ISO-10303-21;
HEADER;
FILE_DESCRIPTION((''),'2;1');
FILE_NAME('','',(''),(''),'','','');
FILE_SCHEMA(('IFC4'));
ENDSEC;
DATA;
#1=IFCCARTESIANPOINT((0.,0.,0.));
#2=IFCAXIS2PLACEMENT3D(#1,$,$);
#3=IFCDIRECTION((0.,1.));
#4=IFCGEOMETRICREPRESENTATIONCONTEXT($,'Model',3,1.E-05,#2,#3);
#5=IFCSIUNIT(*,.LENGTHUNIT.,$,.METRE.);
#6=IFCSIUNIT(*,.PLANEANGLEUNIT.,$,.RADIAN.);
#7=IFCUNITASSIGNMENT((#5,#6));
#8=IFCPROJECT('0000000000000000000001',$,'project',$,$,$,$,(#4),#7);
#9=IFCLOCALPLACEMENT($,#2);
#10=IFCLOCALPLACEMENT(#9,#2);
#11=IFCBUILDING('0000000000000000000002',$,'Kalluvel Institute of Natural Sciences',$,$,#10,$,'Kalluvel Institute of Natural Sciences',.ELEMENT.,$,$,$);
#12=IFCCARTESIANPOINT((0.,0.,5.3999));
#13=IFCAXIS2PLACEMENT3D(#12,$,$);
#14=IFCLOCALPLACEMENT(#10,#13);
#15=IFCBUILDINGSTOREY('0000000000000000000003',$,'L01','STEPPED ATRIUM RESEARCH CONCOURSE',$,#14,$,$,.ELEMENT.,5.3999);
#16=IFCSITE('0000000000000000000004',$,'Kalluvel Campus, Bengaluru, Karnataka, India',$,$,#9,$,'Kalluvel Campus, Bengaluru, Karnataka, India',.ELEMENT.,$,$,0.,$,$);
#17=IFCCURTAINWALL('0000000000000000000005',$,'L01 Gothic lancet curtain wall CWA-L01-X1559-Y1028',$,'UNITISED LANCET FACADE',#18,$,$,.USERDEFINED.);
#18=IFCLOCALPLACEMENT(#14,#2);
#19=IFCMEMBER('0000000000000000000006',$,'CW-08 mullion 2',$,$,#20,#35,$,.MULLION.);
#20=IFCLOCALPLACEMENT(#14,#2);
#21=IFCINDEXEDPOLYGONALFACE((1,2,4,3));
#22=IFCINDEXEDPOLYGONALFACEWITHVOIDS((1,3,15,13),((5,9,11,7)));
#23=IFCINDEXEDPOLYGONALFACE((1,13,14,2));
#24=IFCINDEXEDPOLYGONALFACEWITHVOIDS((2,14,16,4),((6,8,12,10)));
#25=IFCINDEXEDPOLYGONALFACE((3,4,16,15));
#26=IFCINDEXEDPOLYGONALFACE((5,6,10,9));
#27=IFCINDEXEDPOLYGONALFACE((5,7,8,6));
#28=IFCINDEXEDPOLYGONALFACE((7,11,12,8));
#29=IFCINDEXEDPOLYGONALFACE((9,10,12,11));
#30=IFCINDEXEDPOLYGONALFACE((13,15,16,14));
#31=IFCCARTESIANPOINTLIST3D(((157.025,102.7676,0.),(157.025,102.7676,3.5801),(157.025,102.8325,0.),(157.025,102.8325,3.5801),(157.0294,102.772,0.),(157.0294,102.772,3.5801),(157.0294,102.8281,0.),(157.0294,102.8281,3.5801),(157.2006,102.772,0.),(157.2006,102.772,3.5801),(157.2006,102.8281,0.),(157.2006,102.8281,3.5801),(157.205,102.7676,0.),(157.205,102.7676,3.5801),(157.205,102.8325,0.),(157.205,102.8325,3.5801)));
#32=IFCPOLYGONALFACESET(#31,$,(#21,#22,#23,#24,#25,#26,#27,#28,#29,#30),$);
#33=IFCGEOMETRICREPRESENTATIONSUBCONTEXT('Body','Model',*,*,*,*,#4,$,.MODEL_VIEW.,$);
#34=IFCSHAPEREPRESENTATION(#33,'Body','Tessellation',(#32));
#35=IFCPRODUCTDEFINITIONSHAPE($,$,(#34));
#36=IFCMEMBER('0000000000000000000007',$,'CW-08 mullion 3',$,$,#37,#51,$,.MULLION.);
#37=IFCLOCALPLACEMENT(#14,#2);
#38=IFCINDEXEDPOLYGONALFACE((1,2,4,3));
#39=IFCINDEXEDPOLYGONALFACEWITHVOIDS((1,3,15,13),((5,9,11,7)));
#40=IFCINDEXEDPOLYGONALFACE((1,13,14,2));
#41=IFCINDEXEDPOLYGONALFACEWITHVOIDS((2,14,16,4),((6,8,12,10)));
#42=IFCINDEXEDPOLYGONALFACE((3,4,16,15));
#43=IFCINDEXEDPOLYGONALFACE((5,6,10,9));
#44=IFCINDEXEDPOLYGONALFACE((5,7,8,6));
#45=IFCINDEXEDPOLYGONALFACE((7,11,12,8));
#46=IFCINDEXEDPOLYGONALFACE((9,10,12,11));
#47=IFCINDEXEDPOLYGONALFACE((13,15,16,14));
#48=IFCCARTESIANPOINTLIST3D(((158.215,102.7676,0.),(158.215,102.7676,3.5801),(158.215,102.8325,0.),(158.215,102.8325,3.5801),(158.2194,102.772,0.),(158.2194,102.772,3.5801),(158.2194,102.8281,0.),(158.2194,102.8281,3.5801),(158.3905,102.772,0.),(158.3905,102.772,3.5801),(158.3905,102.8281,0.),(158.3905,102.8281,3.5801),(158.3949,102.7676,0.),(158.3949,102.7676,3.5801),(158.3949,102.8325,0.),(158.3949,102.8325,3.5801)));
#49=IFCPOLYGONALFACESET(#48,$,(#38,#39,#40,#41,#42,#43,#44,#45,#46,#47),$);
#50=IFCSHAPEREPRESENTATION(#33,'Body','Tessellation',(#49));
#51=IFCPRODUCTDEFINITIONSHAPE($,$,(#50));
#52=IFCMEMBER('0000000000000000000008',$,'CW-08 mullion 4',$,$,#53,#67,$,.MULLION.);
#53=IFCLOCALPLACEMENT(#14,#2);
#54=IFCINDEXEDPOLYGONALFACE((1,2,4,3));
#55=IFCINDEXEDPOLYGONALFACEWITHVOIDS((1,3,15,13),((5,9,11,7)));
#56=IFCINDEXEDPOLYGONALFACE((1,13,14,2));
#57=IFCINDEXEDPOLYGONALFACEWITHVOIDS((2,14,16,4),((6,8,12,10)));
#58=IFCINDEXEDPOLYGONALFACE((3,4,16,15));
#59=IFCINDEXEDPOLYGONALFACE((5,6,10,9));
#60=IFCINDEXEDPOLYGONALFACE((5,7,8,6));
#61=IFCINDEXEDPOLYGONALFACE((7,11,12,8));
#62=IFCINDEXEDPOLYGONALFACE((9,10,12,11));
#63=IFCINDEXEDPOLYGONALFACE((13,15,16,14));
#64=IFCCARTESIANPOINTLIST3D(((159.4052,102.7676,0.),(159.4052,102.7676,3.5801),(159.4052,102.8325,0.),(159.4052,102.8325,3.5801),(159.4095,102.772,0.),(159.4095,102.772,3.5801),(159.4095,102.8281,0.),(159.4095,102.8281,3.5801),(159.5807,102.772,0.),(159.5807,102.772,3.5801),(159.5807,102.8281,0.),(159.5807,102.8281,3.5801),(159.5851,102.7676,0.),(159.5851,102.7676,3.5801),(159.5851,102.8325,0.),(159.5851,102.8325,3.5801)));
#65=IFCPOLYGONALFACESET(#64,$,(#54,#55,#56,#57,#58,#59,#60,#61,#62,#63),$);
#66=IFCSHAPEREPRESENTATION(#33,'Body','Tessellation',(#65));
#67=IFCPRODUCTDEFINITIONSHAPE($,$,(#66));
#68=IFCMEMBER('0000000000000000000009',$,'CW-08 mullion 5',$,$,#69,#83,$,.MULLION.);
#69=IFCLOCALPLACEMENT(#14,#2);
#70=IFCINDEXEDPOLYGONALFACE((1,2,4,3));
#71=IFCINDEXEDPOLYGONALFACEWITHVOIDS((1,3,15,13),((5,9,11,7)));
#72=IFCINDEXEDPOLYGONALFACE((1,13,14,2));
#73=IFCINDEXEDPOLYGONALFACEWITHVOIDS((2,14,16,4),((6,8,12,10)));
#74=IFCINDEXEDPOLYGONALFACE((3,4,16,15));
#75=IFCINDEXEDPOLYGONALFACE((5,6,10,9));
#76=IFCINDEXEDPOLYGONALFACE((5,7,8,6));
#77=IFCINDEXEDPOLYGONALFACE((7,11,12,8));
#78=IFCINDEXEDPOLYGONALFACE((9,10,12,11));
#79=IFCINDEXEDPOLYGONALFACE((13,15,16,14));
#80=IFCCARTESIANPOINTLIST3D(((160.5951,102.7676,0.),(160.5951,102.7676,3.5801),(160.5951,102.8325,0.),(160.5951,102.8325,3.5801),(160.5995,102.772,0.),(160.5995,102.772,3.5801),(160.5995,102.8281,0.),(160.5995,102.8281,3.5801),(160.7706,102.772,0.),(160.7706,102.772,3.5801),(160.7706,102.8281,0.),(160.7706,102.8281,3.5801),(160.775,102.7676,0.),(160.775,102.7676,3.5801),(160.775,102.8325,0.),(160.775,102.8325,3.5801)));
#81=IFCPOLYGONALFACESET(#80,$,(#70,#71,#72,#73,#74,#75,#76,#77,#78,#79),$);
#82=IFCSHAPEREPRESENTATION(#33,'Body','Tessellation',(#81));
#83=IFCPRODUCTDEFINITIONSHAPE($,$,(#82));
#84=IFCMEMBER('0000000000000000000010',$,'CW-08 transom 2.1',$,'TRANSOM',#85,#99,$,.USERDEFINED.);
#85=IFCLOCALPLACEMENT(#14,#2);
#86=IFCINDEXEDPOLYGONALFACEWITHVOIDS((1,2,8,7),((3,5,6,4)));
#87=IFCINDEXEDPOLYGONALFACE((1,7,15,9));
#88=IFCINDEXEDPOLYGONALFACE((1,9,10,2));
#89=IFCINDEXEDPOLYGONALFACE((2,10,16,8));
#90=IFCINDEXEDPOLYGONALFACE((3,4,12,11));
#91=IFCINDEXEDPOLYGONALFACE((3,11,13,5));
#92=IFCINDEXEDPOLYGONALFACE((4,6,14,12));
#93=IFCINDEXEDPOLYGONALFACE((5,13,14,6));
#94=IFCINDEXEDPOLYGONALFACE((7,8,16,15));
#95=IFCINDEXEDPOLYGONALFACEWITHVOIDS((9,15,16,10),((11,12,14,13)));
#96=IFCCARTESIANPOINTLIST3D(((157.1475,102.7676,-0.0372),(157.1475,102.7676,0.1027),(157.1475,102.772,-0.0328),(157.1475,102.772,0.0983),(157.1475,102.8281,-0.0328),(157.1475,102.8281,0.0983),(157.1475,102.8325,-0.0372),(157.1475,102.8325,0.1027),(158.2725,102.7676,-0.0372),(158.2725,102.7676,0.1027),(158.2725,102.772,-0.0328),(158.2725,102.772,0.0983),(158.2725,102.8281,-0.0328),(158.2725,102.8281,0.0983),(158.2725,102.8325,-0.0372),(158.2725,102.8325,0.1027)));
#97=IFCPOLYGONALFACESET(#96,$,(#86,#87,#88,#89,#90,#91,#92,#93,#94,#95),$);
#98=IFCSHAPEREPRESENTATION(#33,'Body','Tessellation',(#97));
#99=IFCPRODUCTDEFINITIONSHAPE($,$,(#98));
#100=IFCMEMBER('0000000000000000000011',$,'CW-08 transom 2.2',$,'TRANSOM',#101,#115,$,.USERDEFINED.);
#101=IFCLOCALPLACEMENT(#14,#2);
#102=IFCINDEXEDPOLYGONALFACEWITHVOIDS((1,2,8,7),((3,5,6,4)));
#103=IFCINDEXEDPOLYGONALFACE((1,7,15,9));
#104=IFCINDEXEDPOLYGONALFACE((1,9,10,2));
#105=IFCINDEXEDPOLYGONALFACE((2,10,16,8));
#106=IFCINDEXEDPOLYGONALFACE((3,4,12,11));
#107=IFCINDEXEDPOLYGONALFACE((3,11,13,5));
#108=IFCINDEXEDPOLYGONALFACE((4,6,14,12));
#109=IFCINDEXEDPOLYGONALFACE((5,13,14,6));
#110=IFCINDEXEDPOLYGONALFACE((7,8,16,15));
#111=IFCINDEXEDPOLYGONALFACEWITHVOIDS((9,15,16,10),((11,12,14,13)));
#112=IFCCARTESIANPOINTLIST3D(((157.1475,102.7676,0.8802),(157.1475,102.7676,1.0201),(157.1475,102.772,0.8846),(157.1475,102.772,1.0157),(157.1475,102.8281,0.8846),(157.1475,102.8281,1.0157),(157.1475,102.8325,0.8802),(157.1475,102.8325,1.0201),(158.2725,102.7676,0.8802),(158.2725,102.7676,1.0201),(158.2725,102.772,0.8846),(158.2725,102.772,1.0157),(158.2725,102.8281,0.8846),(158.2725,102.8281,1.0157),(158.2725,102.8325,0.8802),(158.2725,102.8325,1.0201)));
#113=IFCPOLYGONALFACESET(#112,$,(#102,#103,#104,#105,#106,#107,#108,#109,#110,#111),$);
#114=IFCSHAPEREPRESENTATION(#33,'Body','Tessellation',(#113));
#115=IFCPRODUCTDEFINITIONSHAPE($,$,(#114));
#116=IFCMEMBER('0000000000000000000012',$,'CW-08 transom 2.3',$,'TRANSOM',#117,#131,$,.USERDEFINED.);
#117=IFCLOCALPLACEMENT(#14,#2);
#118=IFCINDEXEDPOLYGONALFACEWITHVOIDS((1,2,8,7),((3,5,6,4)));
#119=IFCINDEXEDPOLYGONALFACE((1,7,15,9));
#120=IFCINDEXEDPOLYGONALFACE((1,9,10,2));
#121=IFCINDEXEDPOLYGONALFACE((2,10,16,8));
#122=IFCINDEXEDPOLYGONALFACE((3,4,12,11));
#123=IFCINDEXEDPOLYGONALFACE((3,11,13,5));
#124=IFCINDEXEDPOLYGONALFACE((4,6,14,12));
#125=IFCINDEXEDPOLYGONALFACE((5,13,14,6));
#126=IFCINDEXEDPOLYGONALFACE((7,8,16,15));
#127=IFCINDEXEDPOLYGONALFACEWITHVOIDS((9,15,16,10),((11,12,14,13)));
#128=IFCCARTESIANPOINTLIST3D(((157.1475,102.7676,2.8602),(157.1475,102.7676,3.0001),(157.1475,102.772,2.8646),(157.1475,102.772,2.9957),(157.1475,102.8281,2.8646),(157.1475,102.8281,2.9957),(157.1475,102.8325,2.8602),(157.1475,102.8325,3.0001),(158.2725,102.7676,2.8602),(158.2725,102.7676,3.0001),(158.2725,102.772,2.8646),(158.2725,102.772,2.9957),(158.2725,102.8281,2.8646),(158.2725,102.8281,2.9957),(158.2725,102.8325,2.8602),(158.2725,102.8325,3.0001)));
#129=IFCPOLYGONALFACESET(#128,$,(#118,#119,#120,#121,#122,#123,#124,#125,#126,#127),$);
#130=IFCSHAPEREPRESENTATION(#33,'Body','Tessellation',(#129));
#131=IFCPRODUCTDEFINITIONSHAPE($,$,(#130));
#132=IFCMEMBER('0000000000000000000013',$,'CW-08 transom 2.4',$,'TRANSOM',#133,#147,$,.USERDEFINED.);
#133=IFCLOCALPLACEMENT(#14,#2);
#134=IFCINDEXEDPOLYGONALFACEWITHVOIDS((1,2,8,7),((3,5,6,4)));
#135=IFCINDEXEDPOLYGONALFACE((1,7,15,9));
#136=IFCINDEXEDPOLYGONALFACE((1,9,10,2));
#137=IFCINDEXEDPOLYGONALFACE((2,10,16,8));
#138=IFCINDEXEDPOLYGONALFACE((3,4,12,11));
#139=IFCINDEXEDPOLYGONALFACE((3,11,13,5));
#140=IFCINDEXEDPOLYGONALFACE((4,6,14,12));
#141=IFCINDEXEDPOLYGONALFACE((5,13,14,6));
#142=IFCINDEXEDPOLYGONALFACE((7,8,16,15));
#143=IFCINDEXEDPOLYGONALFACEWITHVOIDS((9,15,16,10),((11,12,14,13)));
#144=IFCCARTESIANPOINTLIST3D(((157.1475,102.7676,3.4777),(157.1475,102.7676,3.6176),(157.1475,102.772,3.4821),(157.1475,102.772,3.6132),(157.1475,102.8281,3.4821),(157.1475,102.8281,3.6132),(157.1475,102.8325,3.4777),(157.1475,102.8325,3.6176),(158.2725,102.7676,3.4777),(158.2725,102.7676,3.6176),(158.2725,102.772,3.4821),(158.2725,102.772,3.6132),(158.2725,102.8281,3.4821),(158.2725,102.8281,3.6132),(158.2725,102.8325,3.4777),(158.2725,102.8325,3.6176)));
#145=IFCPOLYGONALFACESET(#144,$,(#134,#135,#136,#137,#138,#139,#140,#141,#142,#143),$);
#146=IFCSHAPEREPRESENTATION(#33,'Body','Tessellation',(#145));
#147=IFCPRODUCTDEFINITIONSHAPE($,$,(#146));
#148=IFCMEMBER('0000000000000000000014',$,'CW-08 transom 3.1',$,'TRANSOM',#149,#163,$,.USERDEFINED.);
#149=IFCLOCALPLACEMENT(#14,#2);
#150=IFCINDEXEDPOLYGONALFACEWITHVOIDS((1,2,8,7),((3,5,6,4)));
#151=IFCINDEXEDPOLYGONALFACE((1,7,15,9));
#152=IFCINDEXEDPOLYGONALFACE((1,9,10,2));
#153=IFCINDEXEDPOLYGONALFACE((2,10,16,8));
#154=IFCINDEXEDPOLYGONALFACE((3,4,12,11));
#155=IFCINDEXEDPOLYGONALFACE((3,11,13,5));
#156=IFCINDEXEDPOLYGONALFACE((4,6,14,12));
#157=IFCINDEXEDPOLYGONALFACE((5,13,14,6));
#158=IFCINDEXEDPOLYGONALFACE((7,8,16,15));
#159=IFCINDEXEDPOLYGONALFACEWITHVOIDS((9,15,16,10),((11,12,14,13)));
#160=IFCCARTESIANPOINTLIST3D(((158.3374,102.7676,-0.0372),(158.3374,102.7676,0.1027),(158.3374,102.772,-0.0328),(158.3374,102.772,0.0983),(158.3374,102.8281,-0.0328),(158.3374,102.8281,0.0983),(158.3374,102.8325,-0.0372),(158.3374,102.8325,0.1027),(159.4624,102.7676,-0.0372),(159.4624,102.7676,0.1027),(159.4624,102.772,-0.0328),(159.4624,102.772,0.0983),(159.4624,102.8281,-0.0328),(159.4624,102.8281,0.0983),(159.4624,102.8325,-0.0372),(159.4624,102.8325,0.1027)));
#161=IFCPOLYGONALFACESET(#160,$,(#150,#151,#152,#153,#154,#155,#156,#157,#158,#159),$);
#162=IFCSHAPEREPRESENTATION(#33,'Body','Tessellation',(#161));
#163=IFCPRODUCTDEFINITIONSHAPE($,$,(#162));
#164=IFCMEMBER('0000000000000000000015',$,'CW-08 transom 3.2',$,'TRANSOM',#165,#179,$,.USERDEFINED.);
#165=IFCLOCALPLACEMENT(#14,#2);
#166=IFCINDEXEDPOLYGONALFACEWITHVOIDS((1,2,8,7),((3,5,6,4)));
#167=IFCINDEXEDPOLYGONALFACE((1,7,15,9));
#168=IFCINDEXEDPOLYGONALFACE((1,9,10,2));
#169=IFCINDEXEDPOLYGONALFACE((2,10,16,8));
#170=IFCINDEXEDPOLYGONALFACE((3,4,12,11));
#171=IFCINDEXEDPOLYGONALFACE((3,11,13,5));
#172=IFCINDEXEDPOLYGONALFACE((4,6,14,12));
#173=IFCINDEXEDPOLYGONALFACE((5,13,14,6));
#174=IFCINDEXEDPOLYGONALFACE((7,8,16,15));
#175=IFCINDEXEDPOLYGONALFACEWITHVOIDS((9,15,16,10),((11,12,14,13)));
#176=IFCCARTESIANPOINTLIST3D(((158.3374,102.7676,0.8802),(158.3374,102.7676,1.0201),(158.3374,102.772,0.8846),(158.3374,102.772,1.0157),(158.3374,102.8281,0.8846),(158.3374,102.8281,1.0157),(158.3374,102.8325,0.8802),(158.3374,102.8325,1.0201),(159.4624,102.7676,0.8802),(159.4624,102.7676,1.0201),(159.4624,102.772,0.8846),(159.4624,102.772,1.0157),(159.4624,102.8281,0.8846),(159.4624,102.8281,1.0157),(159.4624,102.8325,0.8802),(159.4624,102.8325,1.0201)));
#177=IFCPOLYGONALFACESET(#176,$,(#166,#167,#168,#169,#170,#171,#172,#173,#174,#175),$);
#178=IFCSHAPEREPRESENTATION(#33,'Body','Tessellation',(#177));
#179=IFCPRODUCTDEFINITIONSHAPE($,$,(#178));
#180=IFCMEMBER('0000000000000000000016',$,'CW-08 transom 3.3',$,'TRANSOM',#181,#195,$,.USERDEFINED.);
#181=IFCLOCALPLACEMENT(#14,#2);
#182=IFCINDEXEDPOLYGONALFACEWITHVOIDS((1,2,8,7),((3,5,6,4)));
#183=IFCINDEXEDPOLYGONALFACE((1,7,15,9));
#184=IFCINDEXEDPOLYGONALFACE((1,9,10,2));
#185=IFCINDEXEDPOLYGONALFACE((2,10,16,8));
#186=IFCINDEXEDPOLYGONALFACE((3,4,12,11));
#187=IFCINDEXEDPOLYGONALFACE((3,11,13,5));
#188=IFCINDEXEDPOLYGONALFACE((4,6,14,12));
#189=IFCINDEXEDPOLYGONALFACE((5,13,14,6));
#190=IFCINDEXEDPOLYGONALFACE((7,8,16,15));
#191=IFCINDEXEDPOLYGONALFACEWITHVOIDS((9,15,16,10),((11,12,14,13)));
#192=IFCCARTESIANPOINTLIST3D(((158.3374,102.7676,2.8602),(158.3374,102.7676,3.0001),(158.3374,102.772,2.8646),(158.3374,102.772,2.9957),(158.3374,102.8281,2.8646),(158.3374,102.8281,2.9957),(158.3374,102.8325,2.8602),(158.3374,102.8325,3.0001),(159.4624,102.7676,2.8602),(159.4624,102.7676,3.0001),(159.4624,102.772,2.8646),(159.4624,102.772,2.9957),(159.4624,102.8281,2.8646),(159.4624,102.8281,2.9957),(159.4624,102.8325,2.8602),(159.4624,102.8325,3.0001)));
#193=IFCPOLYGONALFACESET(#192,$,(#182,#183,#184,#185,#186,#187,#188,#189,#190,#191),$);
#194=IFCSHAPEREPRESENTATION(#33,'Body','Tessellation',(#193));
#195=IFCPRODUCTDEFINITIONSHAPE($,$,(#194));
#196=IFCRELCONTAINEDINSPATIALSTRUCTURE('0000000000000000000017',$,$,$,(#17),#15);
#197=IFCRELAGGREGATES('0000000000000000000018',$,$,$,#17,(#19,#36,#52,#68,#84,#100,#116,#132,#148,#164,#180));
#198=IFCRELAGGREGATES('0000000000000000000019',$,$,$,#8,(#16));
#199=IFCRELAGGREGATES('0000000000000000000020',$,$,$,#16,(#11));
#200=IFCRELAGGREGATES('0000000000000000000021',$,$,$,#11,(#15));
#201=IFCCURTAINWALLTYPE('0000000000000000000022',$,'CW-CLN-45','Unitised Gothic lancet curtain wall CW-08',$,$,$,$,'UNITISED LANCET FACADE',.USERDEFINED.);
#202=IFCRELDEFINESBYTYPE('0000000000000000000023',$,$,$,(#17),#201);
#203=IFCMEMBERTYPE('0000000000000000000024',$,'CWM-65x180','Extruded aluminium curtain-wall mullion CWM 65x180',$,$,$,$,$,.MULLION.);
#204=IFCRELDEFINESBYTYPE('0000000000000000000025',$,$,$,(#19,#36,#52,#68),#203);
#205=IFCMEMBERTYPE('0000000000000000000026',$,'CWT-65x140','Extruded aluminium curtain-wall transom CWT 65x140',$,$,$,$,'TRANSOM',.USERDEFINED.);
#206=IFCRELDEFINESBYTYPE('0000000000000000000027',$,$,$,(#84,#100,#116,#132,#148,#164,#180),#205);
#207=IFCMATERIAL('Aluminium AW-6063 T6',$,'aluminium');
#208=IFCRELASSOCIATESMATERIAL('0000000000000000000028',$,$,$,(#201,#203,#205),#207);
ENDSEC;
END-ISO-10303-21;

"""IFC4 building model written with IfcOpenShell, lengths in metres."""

from ifc_helpers import new_model, si_unit, direction, frame, origin, origin_2d, place, context, subcontext, project, spatial, hollow_rectangle, extrude, material, material_profile, profile_set, type_object, element, aggregate, save


model = new_model("IFC4")

# Units and contexts
model_context = context("Model", 3, precision=1e-05, world=origin(), true_north=direction((0.0, 1.0)))
body_context = subcontext(model_context, "Body", "Model", "MODEL_VIEW")
ifc_project = project(units=[si_unit("LENGTHUNIT", "METRE"), si_unit("PLANEANGLEUNIT", "RADIAN")], contexts=[model_context])

# Site, building, storey
site_placement = place(None, origin())
site = spatial("IfcSite", under=ifc_project, at=site_placement, Name="Kalluvel Campus, Bengaluru, Karnataka, India", LongName="Kalluvel Campus, Bengaluru, Karnataka, India", CompositionType="ELEMENT", RefElevation=0.0)
building_placement = place(site_placement, origin())
building = spatial("IfcBuilding", under=site, at=building_placement, Name="Kalluvel Institute of Natural Sciences", LongName="Kalluvel Institute of Natural Sciences", CompositionType="ELEMENT")
storey_placement = place(building_placement, frame((0.0, 0.0, 5.3999)))
storey = spatial("IfcBuildingStorey", under=building, at=storey_placement, Name="L01", Description="STEPPED ATRIUM RESEARCH CONCOURSE", CompositionType="ELEMENT", Elevation=5.3999)

# Curtain wall, members
ifc_material_1 = material(Name="Aluminium AW-6063 T6", Category="aluminium")
curtain_wall_type = type_object("IfcCurtainWallType", Name="CW-CLN-45", Description="Unitised Gothic lancet curtain wall CW-08", ElementType="UNITISED LANCET FACADE", PredefinedType="USERDEFINED", material=ifc_material_1)
curtain_wall_placement = place(storey_placement, origin())
curtain_wall = element("IfcCurtainWall", 1, at=curtain_wall_placement, inside=storey, type_object=curtain_wall_type, Name="L01 Gothic lancet curtain wall CWA-L01-X1559-Y1028", ObjectType="UNITISED LANCET FACADE", PredefinedType="USERDEFINED")
ifc_material_profile_1 = material_profile(ifc_material_1, hollow_rectangle(XDim=0.0649, YDim=0.1799, WallThickness=0.0044, at=origin_2d()), Name="CWM 65x180")
ifc_profile_set_1 = profile_set([ifc_material_profile_1], Name="Aluminium AW-6063 T6")
member_type_1 = type_object("IfcMemberType", Name="CWM-65x180", Description="Extruded aluminium curtain-wall mullion CWM 65x180", PredefinedType="MULLION", material=ifc_profile_set_1)
member_1_placement = place(storey_placement, frame((157.115, 102.8, 0.0), z_axis=(0.0, 0.0, 1.0), x_axis=(0.0, 1.0, 0.0)))
member_1 = element("IfcMember", 2, at=member_1_placement, type_object=member_type_1, Name="CW-08 mullion 2", PredefinedType="MULLION", context=body_context, shape_type="SweptSolid", body=[
    extrude(hollow_rectangle(XDim=0.0649, YDim=0.1799, WallThickness=0.0044, at=origin_2d()), origin(), (0.0, 0.0, 1.0), 3.5801),
])
member_2_placement = place(storey_placement, frame((158.3049, 102.8, 0.0), z_axis=(0.0, 0.0, 1.0), x_axis=(0.0, 1.0, 0.0)))
member_2 = element("IfcMember", 3, at=member_2_placement, type_object=member_type_1, Name="CW-08 mullion 3", PredefinedType="MULLION", context=body_context, shape_type="SweptSolid", body=[
    extrude(hollow_rectangle(XDim=0.0649, YDim=0.1799, WallThickness=0.0044, at=origin_2d()), origin(), (0.0, 0.0, 1.0), 3.5801),
])
member_3_placement = place(storey_placement, frame((159.4951, 102.8, 0.0), z_axis=(0.0, 0.0, 1.0), x_axis=(0.0, 1.0, 0.0)))
member_3 = element("IfcMember", 4, at=member_3_placement, type_object=member_type_1, Name="CW-08 mullion 4", PredefinedType="MULLION", context=body_context, shape_type="SweptSolid", body=[
    extrude(hollow_rectangle(XDim=0.0649, YDim=0.1799, WallThickness=0.0044, at=origin_2d()), origin(), (0.0, 0.0, 1.0), 3.5801),
])
member_4_placement = place(storey_placement, frame((160.6851, 102.8, 0.0), z_axis=(0.0, 0.0, 1.0), x_axis=(0.0, 1.0, 0.0)))
member_4 = element("IfcMember", 5, at=member_4_placement, type_object=member_type_1, Name="CW-08 mullion 5", PredefinedType="MULLION", context=body_context, shape_type="SweptSolid", body=[
    extrude(hollow_rectangle(XDim=0.0649, YDim=0.1799, WallThickness=0.0044, at=origin_2d()), origin(), (0.0, 0.0, 1.0), 3.5801),
])
ifc_material_profile_2 = material_profile(ifc_material_1, hollow_rectangle(XDim=0.0649, YDim=0.1399, WallThickness=0.0044, at=origin_2d()), Name="CWT 65x140")
ifc_profile_set_2 = profile_set([ifc_material_profile_2], Name="Aluminium AW-6063 T6")
member_type_2 = type_object("IfcMemberType", Name="CWT-65x140", Description="Extruded aluminium curtain-wall transom CWT 65x140", ElementType="TRANSOM", PredefinedType="USERDEFINED", material=ifc_profile_set_2)
member_5_placement = place(storey_placement, frame((157.1475, 102.8, 0.0327), z_axis=(1.0, 0.0, 0.0), x_axis=(0.0, 1.0, 0.0)))
member_5 = element("IfcMember", 6, at=member_5_placement, type_object=member_type_2, Name="CW-08 transom 2.1", ObjectType="TRANSOM", PredefinedType="USERDEFINED", context=body_context, shape_type="SweptSolid", body=[
    extrude(hollow_rectangle(XDim=0.0649, YDim=0.1399, WallThickness=0.0044, at=origin_2d()), origin(), (0.0, 0.0, 1.0), 1.125),
])
member_6_placement = place(storey_placement, frame((157.1475, 102.8, 0.9502), z_axis=(1.0, 0.0, 0.0), x_axis=(0.0, 1.0, 0.0)))
member_6 = element("IfcMember", 7, at=member_6_placement, type_object=member_type_2, Name="CW-08 transom 2.2", ObjectType="TRANSOM", PredefinedType="USERDEFINED", context=body_context, shape_type="SweptSolid", body=[
    extrude(hollow_rectangle(XDim=0.0649, YDim=0.1399, WallThickness=0.0044, at=origin_2d()), origin(), (0.0, 0.0, 1.0), 1.125),
])
member_7_placement = place(storey_placement, frame((157.1475, 102.8, 2.9302), z_axis=(1.0, 0.0, 0.0), x_axis=(0.0, 1.0, 0.0)))
member_7 = element("IfcMember", 8, at=member_7_placement, type_object=member_type_2, Name="CW-08 transom 2.3", ObjectType="TRANSOM", PredefinedType="USERDEFINED", context=body_context, shape_type="SweptSolid", body=[
    extrude(hollow_rectangle(XDim=0.0649, YDim=0.1399, WallThickness=0.0044, at=origin_2d()), origin(), (0.0, 0.0, 1.0), 1.125),
])
member_8_placement = place(storey_placement, frame((157.1475, 102.8, 3.5476), z_axis=(1.0, 0.0, 0.0), x_axis=(0.0, 1.0, 0.0)))
member_8 = element("IfcMember", 9, at=member_8_placement, type_object=member_type_2, Name="CW-08 transom 2.4", ObjectType="TRANSOM", PredefinedType="USERDEFINED", context=body_context, shape_type="SweptSolid", body=[
    extrude(hollow_rectangle(XDim=0.0649, YDim=0.1399, WallThickness=0.0044, at=origin_2d()), origin(), (0.0, 0.0, 1.0), 1.125),
])
member_9_placement = place(storey_placement, frame((158.3374, 102.8, 0.0327), z_axis=(1.0, 0.0, 0.0), x_axis=(0.0, 1.0, 0.0)))
member_9 = element("IfcMember", 10, at=member_9_placement, type_object=member_type_2, Name="CW-08 transom 3.1", ObjectType="TRANSOM", PredefinedType="USERDEFINED", context=body_context, shape_type="SweptSolid", body=[
    extrude(hollow_rectangle(XDim=0.0649, YDim=0.1399, WallThickness=0.0044, at=origin_2d()), origin(), (0.0, 0.0, 1.0), 1.125),
])
member_10_placement = place(storey_placement, frame((158.3374, 102.8, 0.9502), z_axis=(1.0, 0.0, 0.0), x_axis=(0.0, 1.0, 0.0)))
member_10 = element("IfcMember", 11, at=member_10_placement, type_object=member_type_2, Name="CW-08 transom 3.2", ObjectType="TRANSOM", PredefinedType="USERDEFINED", context=body_context, shape_type="SweptSolid", body=[
    extrude(hollow_rectangle(XDim=0.0649, YDim=0.1399, WallThickness=0.0044, at=origin_2d()), origin(), (0.0, 0.0, 1.0), 1.125),
])
member_11_placement = place(storey_placement, frame((158.3374, 102.8, 2.9302), z_axis=(1.0, 0.0, 0.0), x_axis=(0.0, 1.0, 0.0)))
member_11 = element("IfcMember", 12, at=member_11_placement, type_object=member_type_2, Name="CW-08 transom 3.3", ObjectType="TRANSOM", PredefinedType="USERDEFINED", context=body_context, shape_type="SweptSolid", body=[
    extrude(hollow_rectangle(XDim=0.0649, YDim=0.1399, WallThickness=0.0044, at=origin_2d()), origin(), (0.0, 0.0, 1.0), 1.125),
])
aggregate(curtain_wall, [member_1, member_2, member_3, member_4, member_5, member_6, member_7, member_8, member_9, member_10, member_11])

save(model, "model.ifc")
